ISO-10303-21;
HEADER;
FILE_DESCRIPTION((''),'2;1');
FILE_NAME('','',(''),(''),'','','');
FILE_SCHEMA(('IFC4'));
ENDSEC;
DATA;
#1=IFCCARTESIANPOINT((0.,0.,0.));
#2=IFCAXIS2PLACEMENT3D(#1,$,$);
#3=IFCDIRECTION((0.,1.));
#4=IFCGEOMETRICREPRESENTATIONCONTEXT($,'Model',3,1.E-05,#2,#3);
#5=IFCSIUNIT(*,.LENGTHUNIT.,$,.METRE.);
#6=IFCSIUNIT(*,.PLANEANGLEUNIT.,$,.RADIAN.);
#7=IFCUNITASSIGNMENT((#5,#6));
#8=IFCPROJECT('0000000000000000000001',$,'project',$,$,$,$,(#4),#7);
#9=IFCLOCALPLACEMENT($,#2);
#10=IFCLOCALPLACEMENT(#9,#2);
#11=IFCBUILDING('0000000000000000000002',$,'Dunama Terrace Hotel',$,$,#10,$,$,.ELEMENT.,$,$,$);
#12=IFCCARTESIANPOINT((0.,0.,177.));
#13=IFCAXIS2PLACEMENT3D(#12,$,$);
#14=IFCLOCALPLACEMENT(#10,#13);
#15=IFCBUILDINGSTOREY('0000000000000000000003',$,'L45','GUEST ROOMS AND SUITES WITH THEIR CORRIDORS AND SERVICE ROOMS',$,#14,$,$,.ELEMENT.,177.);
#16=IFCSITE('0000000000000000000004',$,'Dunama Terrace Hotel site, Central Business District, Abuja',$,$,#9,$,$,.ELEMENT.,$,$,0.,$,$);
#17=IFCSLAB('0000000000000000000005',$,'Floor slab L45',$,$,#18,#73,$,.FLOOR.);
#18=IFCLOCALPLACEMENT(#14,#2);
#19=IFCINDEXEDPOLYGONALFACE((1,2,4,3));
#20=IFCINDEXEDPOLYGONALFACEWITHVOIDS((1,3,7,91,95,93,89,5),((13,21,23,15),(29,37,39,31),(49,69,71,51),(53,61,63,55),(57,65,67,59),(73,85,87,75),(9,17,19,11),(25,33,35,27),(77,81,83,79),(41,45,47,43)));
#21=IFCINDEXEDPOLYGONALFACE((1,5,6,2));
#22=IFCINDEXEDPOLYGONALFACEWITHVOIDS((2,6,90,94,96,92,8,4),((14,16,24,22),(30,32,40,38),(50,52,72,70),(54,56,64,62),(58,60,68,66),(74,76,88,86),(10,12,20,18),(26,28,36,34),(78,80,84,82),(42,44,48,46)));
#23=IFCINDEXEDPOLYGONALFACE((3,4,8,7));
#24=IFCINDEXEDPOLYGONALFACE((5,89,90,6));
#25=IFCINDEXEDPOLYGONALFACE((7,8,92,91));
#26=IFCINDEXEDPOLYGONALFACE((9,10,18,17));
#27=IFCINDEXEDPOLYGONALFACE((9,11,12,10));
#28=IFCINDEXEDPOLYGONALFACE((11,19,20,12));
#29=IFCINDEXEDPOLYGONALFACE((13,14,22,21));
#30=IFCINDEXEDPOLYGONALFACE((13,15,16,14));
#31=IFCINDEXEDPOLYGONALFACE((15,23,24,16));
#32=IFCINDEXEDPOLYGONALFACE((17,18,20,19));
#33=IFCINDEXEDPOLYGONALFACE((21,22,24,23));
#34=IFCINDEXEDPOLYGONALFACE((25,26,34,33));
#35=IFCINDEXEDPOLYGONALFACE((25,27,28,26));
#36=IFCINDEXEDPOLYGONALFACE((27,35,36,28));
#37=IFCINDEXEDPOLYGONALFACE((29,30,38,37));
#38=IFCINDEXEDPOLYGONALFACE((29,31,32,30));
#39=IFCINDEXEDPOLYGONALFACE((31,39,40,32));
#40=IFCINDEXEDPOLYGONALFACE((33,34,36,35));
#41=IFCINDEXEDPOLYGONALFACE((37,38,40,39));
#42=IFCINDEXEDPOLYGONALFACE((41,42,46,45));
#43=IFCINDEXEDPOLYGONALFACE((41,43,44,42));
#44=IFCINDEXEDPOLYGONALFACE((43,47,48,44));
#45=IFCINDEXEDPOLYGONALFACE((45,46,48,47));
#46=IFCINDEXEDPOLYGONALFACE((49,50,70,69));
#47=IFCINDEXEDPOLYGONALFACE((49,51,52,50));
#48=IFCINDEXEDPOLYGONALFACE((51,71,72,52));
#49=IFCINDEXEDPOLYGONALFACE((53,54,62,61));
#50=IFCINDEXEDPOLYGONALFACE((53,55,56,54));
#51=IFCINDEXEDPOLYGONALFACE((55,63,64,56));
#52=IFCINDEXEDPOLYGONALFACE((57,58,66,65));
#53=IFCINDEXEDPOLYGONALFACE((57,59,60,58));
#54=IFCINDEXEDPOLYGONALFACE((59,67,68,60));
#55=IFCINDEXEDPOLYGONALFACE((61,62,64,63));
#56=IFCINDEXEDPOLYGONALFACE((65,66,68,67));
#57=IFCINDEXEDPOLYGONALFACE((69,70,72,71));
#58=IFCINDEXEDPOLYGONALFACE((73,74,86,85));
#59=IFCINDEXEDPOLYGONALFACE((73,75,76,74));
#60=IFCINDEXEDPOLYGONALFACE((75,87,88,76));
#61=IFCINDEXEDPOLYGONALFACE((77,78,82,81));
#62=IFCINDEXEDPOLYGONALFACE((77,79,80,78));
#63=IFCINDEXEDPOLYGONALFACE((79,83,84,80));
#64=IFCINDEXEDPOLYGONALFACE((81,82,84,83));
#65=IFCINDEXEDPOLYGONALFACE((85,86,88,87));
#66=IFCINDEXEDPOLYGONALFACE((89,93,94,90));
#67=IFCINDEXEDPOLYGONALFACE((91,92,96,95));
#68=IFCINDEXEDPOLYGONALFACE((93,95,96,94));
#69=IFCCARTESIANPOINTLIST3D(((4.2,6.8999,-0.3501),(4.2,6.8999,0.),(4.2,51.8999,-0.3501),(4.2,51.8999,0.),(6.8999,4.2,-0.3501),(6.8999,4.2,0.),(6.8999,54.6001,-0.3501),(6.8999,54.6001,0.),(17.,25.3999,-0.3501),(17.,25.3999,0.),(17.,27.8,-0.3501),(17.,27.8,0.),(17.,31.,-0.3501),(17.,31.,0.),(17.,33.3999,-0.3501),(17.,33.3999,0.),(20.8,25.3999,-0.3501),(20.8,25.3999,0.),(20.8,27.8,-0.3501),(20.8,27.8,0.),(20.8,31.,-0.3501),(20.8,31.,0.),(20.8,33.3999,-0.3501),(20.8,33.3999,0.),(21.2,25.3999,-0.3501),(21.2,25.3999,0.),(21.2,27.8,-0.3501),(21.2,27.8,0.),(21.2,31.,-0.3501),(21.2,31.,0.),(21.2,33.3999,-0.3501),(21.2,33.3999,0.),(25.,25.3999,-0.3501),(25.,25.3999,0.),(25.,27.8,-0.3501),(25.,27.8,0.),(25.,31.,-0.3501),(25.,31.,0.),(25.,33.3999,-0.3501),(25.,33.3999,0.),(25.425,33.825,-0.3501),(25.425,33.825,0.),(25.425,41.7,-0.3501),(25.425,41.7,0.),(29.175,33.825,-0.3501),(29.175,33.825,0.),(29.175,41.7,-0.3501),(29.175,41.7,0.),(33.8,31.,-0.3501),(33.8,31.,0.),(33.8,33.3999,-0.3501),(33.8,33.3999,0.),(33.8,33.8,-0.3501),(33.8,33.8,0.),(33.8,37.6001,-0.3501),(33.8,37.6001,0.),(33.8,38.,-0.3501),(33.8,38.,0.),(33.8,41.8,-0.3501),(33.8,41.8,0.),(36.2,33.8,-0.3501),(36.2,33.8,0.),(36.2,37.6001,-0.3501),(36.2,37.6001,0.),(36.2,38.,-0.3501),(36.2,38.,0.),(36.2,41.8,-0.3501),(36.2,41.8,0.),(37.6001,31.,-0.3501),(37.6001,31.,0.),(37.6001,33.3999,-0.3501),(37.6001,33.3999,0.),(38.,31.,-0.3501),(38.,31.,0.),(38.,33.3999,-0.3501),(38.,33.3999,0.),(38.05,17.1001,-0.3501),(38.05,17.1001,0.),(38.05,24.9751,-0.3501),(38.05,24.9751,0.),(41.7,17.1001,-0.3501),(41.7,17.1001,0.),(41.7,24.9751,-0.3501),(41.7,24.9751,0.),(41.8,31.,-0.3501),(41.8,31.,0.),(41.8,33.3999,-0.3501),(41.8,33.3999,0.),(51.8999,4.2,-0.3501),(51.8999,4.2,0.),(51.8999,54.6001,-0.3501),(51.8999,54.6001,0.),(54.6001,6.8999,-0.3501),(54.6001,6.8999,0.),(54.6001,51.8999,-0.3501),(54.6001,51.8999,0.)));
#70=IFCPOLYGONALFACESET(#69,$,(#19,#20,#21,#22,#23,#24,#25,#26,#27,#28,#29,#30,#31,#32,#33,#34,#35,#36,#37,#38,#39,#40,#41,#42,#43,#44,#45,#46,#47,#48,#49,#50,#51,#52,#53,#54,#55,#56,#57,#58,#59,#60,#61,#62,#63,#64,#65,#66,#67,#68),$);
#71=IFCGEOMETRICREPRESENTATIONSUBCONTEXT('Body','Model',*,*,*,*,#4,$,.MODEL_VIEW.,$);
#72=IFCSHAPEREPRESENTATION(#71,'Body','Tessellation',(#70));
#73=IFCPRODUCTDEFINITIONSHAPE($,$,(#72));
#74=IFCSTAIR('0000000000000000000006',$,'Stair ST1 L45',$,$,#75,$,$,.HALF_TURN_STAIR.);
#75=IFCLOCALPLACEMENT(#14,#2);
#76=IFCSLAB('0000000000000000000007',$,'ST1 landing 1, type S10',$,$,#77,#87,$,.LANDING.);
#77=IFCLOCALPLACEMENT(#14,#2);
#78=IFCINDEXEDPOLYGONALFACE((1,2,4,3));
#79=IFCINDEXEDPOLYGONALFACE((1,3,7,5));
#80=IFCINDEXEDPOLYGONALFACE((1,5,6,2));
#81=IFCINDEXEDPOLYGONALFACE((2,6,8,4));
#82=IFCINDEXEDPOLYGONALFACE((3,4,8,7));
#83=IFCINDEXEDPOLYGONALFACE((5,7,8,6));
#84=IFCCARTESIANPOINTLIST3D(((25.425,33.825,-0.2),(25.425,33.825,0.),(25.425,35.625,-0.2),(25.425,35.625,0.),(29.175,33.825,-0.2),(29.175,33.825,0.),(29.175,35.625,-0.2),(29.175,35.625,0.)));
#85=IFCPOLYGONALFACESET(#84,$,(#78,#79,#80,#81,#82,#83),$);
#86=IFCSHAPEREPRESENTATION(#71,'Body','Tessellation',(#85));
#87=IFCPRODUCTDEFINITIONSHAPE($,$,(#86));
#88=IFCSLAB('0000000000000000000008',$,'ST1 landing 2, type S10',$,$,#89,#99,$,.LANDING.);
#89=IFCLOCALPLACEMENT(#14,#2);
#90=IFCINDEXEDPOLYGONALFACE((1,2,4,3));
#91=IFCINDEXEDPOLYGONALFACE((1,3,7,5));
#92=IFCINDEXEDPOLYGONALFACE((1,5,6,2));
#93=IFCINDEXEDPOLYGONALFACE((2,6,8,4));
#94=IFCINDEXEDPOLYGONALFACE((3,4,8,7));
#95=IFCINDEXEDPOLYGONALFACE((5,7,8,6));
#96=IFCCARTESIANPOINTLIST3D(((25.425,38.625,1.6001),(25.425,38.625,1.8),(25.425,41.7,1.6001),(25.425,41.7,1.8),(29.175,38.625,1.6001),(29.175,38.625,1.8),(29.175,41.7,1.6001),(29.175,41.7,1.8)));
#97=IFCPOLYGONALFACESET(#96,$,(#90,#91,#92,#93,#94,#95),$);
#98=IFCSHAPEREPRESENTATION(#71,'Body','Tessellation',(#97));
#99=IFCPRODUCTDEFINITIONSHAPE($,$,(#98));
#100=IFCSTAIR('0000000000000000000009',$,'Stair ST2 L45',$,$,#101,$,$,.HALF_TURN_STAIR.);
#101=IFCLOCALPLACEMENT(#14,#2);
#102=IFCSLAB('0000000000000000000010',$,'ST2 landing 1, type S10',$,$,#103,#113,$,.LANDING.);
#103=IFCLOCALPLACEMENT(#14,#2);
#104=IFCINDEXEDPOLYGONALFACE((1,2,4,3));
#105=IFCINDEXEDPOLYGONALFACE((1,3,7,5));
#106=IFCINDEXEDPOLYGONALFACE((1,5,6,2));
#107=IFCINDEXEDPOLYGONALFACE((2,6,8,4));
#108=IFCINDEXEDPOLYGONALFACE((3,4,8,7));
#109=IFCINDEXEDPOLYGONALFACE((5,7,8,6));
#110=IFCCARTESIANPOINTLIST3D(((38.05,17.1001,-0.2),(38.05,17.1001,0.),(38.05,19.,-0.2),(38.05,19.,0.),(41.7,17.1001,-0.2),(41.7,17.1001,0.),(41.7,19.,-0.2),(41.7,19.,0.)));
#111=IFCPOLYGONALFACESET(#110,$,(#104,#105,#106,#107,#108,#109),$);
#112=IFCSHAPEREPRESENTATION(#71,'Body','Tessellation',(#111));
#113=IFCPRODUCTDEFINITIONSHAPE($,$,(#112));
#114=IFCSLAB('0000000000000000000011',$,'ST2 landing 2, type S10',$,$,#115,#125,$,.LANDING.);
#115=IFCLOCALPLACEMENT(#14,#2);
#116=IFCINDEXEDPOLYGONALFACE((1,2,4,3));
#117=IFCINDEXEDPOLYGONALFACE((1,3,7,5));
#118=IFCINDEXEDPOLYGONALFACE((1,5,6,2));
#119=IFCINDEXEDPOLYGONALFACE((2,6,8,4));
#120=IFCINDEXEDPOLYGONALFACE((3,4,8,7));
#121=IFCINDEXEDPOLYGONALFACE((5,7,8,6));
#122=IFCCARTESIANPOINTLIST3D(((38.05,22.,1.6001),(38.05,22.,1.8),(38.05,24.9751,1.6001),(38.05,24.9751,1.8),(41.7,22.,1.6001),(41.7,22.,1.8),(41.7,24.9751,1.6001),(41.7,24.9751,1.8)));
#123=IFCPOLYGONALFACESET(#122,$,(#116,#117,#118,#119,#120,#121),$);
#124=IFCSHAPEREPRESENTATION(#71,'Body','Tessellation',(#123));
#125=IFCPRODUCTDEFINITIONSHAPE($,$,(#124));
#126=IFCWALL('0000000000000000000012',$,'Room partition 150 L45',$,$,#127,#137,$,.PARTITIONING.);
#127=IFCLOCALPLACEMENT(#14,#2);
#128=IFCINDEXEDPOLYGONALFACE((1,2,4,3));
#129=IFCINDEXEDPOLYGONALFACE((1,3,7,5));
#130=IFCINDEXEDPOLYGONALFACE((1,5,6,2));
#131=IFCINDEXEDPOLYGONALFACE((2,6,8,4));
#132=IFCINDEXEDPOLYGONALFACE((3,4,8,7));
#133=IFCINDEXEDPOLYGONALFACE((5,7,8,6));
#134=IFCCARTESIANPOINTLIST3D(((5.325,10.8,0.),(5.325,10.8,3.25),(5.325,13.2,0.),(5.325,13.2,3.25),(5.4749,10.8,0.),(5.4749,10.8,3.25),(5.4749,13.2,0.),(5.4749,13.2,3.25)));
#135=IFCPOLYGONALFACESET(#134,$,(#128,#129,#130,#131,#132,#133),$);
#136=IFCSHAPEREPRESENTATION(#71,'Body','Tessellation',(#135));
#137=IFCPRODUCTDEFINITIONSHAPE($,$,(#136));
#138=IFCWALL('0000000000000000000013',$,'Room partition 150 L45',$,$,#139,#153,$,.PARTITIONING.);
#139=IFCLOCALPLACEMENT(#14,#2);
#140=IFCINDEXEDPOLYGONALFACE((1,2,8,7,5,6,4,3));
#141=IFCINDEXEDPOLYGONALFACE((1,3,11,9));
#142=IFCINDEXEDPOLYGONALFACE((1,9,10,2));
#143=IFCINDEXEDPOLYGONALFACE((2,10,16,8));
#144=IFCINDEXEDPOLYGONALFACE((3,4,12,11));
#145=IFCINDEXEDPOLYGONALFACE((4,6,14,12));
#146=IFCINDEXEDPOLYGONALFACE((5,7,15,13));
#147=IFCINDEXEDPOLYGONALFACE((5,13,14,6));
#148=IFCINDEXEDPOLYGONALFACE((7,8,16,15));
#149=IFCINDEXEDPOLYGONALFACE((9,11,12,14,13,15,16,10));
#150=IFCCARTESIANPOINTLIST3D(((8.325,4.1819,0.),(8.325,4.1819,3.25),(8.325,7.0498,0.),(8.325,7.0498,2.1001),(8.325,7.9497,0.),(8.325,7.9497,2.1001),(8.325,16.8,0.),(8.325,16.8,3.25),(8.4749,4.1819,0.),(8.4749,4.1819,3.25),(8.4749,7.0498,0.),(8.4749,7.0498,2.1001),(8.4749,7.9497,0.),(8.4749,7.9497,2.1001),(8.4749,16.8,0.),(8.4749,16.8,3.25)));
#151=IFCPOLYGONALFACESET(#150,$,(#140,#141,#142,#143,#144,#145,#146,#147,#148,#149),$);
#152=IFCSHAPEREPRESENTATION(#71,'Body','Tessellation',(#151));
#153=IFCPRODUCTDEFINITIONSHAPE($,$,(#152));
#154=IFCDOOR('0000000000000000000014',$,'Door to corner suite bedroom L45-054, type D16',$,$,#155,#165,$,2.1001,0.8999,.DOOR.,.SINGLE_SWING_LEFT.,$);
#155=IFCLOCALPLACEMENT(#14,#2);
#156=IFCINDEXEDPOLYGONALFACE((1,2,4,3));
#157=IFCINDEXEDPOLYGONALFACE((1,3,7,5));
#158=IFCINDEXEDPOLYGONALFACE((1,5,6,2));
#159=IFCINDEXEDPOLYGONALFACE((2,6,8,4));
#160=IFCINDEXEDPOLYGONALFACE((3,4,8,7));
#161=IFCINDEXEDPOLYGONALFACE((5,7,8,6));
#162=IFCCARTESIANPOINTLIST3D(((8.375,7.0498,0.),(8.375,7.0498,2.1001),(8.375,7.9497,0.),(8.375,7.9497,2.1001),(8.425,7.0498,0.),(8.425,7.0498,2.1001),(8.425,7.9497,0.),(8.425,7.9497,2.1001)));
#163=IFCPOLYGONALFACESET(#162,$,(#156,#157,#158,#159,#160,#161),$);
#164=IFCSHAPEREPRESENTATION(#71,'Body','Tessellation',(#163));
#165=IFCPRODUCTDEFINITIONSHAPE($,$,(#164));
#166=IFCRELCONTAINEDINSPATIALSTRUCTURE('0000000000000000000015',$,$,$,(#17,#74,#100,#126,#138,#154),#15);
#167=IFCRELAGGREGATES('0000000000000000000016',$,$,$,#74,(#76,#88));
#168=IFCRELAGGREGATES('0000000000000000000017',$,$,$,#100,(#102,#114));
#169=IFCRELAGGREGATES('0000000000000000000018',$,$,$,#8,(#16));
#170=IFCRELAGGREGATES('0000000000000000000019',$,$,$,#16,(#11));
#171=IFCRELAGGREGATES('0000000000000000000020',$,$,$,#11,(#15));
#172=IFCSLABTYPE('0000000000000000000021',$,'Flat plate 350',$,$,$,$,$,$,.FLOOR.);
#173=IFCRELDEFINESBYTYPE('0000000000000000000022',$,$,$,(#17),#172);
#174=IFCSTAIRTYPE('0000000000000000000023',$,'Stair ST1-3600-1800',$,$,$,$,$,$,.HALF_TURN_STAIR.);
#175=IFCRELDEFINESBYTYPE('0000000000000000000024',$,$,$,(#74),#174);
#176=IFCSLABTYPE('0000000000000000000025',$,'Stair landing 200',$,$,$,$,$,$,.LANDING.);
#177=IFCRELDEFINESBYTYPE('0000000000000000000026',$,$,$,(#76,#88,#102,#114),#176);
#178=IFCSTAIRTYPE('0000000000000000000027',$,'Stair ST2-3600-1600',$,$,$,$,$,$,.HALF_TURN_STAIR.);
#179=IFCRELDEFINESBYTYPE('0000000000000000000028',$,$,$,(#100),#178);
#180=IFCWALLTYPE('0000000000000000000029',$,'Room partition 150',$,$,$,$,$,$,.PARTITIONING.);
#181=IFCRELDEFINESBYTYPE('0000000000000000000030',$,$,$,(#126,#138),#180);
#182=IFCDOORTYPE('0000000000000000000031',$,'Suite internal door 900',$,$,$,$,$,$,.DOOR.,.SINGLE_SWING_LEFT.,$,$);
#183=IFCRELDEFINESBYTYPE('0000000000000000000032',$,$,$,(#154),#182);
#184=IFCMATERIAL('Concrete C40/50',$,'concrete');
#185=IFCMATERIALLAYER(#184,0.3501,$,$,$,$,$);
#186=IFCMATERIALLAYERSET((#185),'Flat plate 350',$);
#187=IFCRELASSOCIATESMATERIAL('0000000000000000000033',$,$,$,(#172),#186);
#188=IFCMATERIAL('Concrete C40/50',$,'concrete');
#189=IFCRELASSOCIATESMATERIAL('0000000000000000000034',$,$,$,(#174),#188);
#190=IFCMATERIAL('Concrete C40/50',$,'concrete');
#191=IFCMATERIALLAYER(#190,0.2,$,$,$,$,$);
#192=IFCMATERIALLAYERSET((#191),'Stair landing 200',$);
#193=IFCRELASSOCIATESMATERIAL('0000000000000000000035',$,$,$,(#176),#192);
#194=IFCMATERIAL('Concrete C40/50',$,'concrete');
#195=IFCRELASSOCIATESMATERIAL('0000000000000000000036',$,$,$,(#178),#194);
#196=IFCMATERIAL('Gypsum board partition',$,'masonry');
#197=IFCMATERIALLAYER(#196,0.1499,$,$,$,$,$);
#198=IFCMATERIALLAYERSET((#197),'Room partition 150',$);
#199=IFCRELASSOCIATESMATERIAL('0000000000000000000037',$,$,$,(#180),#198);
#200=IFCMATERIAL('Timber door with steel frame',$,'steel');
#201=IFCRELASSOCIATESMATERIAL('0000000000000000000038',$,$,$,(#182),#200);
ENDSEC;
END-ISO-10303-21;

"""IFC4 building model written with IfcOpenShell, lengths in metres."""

from ifc_helpers import new_model, si_unit, direction, frame, frame_2d, origin, place, context, subcontext, project, spatial, polyline, rectangle, outline, extrude, material, layer, layer_set, type_object, element, fill, aggregate, save


model = new_model("IFC4")

# Units and contexts
model_context = context("Model", 3, precision=1e-05, world=origin(), true_north=direction((0.0, 1.0)))
body_context = subcontext(model_context, "Body", "Model", "MODEL_VIEW")
ifc_project = project(units=[si_unit("LENGTHUNIT", "METRE"), si_unit("PLANEANGLEUNIT", "RADIAN")], contexts=[model_context])

# Site, building, storey
site_placement = place(None, origin())
site = spatial("IfcSite", under=ifc_project, at=site_placement, Name="Dunama Terrace Hotel site, Central Business District, Abuja", CompositionType="ELEMENT", RefElevation=0.0)
building_placement = place(site_placement, origin())
building = spatial("IfcBuilding", under=site, at=building_placement, Name="Dunama Terrace Hotel", CompositionType="ELEMENT")
storey_placement = place(building_placement, frame((0.0, 0.0, 177.0)))
storey = spatial("IfcBuildingStorey", under=building, at=storey_placement, Name="L45", Description="GUEST ROOMS AND SUITES WITH THEIR CORRIDORS AND SERVICE ROOMS", CompositionType="ELEMENT", Elevation=177.0)

# Slab
ifc_material_1 = material(Name="Concrete C40/50", Category="concrete")
ifc_layer_1 = layer(ifc_material_1, 0.3501)
ifc_layer_set_1 = layer_set([ifc_layer_1], Name="Flat plate 350")
slab_type_1 = type_object("IfcSlabType", Name="Flat plate 350", PredefinedType="FLOOR", material=ifc_layer_set_1)
slab_1_placement = place(storey_placement, frame((0.0, 0.0, -0.3501)))
element("IfcSlab", 1, at=slab_1_placement, inside=storey, type_object=slab_type_1, Name="Floor slab L45", PredefinedType="FLOOR", context=body_context, shape_type="SweptSolid", body=[
    extrude(outline(polyline([(6.8999, 4.2), (51.8999, 4.2), (54.6001, 6.8999), (54.6001, 51.8999), (51.8999, 54.6001), (6.8999, 54.6001), (4.2, 51.8999), (4.2, 6.8999), (6.8999, 4.2)]), holes=[polyline([(20.8, 25.3999), (20.8, 27.8), (17.0, 27.8), (17.0, 25.3999), (20.8, 25.3999)]), polyline([(25.0, 25.3999), (25.0, 27.8), (21.2, 27.8), (21.2, 25.3999), (25.0, 25.3999)]), polyline([(20.8, 31.0), (20.8, 33.3999), (17.0, 33.3999), (17.0, 31.0), (20.8, 31.0)]), polyline([(25.0, 31.0), (25.0, 33.3999), (21.2, 33.3999), (21.2, 31.0), (25.0, 31.0)]), polyline([(37.6001, 31.0), (37.6001, 33.3999), (33.8, 33.3999), (33.8, 31.0), (37.6001, 31.0)]), polyline([(41.8, 31.0), (41.8, 33.3999), (38.0, 33.3999), (38.0, 31.0), (41.8, 31.0)]), polyline([(36.2, 38.0), (36.2, 41.8), (33.8, 41.8), (33.8, 38.0), (36.2, 38.0)]), polyline([(36.2, 33.8), (36.2, 37.6001), (33.8, 37.6001), (33.8, 33.8), (36.2, 33.8)]), polyline([(29.175, 33.825), (29.175, 41.7), (25.425, 41.7), (25.425, 33.825), (29.175, 33.825)]), polyline([(41.7, 17.1001), (41.7, 24.9751), (38.05, 24.9751), (38.05, 17.1001), (41.7, 17.1001)])]), origin(), (0.0, 0.0, 1.0), 0.3501),
])

# Stairs, slabs
ifc_material_2 = material(Name="Concrete C40/50", Category="concrete")
stair_type_1 = type_object("IfcStairType", Name="Stair ST1-3600-1800", PredefinedType="HALF_TURN_STAIR", material=ifc_material_2)
stair_1_placement = place(storey_placement, origin())
stair_1 = element("IfcStair", 2, at=stair_1_placement, inside=storey, type_object=stair_type_1, Name="Stair ST1 L45", PredefinedType="HALF_TURN_STAIR")
ifc_material_3 = material(Name="Concrete C40/50", Category="concrete")
ifc_layer_2 = layer(ifc_material_3, 0.2)
ifc_layer_set_2 = layer_set([ifc_layer_2], Name="Stair landing 200")
slab_type_2 = type_object("IfcSlabType", Name="Stair landing 200", PredefinedType="LANDING", material=ifc_layer_set_2)
slab_2_placement = place(storey_placement, frame((0.0, 0.0, -0.2)))
slab_2 = element("IfcSlab", 3, at=slab_2_placement, type_object=slab_type_2, Name="ST1 landing 1, type S10", PredefinedType="LANDING", context=body_context, shape_type="SweptSolid", body=[
    extrude(outline(polyline([(25.425, 33.825), (29.175, 33.825), (29.175, 35.625), (25.425, 35.625), (25.425, 33.825)])), origin(), (0.0, 0.0, 1.0), 0.2),
])
slab_3_placement = place(storey_placement, frame((0.0, 0.0, 1.6001)))
slab_3 = element("IfcSlab", 4, at=slab_3_placement, type_object=slab_type_2, Name="ST1 landing 2, type S10", PredefinedType="LANDING", context=body_context, shape_type="SweptSolid", body=[
    extrude(outline(polyline([(25.425, 38.625), (29.175, 38.625), (29.175, 41.7), (25.425, 41.7), (25.425, 38.625)])), origin(), (0.0, 0.0, 1.0), 0.2),
])
aggregate(stair_1, [slab_2, slab_3])
ifc_material_4 = material(Name="Concrete C40/50", Category="concrete")
stair_type_2 = type_object("IfcStairType", Name="Stair ST2-3600-1600", PredefinedType="HALF_TURN_STAIR", material=ifc_material_4)
stair_2_placement = place(storey_placement, origin())
stair_2 = element("IfcStair", 5, at=stair_2_placement, inside=storey, type_object=stair_type_2, Name="Stair ST2 L45", PredefinedType="HALF_TURN_STAIR")
slab_4_placement = place(storey_placement, frame((0.0, 0.0, -0.2)))
slab_4 = element("IfcSlab", 6, at=slab_4_placement, type_object=slab_type_2, Name="ST2 landing 1, type S10", PredefinedType="LANDING", context=body_context, shape_type="SweptSolid", body=[
    extrude(outline(polyline([(38.05, 17.1001), (41.7, 17.1001), (41.7, 19.0), (38.05, 19.0), (38.05, 17.1001)])), origin(), (0.0, 0.0, 1.0), 0.2),
])
slab_5_placement = place(storey_placement, frame((0.0, 0.0, 1.6001)))
slab_5 = element("IfcSlab", 7, at=slab_5_placement, type_object=slab_type_2, Name="ST2 landing 2, type S10", PredefinedType="LANDING", context=body_context, shape_type="SweptSolid", body=[
    extrude(outline(polyline([(38.05, 22.0), (41.7, 22.0), (41.7, 24.9751), (38.05, 24.9751), (38.05, 22.0)])), origin(), (0.0, 0.0, 1.0), 0.2),
])
aggregate(stair_2, [slab_4, slab_5])

# Wall
ifc_material_5 = material(Name="Gypsum board partition", Category="masonry")
ifc_layer_3 = layer(ifc_material_5, 0.1499)
ifc_layer_set_3 = layer_set([ifc_layer_3], Name="Room partition 150")
wall_type = type_object("IfcWallType", Name="Room partition 150", PredefinedType="PARTITIONING", material=ifc_layer_set_3)
wall_1_placement = place(storey_placement, frame((5.3999, 10.8, 0.0), z_axis=(0.0, 0.0, 1.0), x_axis=(0.0, 1.0, 0.0)))
element("IfcWall", 8, at=wall_1_placement, inside=storey, type_object=wall_type, Name="Room partition 150 L45", PredefinedType="PARTITIONING", context=body_context, shape_type="SweptSolid", body=[
    extrude(rectangle(XDim=2.3999, YDim=0.1499, at=frame_2d((1.2, 0.0))), origin(), (0.0, 0.0, 1.0), 3.25),
])

# Wall, opening, door
wall_2_placement = place(storey_placement, frame((8.3999, 4.1819, 0.0), z_axis=(0.0, 0.0, 1.0), x_axis=(0.0, 1.0, 0.0)))
wall_2 = element("IfcWall", 9, at=wall_2_placement, inside=storey, type_object=wall_type, Name="Room partition 150 L45", PredefinedType="PARTITIONING", context=body_context, shape_type="SweptSolid", body=[
    extrude(rectangle(XDim=12.6182, YDim=0.1499, at=frame_2d((6.3091, 0.0))), origin(), (0.0, 0.0, 1.0), 3.25),
])
opening_1_placement = place(wall_2_placement, frame((2.8679, 0.0, 0.0)))
opening_1 = element("IfcOpeningElement", 10, at=opening_1_placement, cuts=wall_2, PredefinedType="OPENING", context=body_context, shape_type="SweptSolid", body=[
    extrude(rectangle(XDim=0.8999, YDim=2.1001, at=frame_2d((0.45, 1.05))), frame((0.0, 0.085, 0.0), z_axis=(0.0, -1.0, 0.0), x_axis=(1.0, 0.0, 0.0)), (0.0, 0.0, 1.0), 0.1699),
])
ifc_material_6 = material(Name="Timber door with steel frame", Category="steel")
door_type = type_object("IfcDoorType", Name="Suite internal door 900", OperationType="SINGLE_SWING_LEFT", PredefinedType="DOOR", material=ifc_material_6)
door_1_placement = place(opening_1_placement, origin())
door_1 = element("IfcDoor", 11, at=door_1_placement, inside=storey, type_object=door_type, Name="Door to corner suite bedroom L45-054, type D16", OperationType="SINGLE_SWING_LEFT", OverallHeight=2.1001, OverallWidth=0.8999, PredefinedType="DOOR", context=body_context, shape_type="SweptSolid", body=[
    extrude(rectangle(XDim=0.8999, YDim=2.1001, at=frame_2d((0.45, 1.05))), frame((0.0, 0.0249, 0.0), z_axis=(0.0, -1.0, 0.0), x_axis=(1.0, 0.0, 0.0)), (0.0, 0.0, 1.0), 0.05),
])
fill(opening_1, door_1)

save(model, "model.ifc")
